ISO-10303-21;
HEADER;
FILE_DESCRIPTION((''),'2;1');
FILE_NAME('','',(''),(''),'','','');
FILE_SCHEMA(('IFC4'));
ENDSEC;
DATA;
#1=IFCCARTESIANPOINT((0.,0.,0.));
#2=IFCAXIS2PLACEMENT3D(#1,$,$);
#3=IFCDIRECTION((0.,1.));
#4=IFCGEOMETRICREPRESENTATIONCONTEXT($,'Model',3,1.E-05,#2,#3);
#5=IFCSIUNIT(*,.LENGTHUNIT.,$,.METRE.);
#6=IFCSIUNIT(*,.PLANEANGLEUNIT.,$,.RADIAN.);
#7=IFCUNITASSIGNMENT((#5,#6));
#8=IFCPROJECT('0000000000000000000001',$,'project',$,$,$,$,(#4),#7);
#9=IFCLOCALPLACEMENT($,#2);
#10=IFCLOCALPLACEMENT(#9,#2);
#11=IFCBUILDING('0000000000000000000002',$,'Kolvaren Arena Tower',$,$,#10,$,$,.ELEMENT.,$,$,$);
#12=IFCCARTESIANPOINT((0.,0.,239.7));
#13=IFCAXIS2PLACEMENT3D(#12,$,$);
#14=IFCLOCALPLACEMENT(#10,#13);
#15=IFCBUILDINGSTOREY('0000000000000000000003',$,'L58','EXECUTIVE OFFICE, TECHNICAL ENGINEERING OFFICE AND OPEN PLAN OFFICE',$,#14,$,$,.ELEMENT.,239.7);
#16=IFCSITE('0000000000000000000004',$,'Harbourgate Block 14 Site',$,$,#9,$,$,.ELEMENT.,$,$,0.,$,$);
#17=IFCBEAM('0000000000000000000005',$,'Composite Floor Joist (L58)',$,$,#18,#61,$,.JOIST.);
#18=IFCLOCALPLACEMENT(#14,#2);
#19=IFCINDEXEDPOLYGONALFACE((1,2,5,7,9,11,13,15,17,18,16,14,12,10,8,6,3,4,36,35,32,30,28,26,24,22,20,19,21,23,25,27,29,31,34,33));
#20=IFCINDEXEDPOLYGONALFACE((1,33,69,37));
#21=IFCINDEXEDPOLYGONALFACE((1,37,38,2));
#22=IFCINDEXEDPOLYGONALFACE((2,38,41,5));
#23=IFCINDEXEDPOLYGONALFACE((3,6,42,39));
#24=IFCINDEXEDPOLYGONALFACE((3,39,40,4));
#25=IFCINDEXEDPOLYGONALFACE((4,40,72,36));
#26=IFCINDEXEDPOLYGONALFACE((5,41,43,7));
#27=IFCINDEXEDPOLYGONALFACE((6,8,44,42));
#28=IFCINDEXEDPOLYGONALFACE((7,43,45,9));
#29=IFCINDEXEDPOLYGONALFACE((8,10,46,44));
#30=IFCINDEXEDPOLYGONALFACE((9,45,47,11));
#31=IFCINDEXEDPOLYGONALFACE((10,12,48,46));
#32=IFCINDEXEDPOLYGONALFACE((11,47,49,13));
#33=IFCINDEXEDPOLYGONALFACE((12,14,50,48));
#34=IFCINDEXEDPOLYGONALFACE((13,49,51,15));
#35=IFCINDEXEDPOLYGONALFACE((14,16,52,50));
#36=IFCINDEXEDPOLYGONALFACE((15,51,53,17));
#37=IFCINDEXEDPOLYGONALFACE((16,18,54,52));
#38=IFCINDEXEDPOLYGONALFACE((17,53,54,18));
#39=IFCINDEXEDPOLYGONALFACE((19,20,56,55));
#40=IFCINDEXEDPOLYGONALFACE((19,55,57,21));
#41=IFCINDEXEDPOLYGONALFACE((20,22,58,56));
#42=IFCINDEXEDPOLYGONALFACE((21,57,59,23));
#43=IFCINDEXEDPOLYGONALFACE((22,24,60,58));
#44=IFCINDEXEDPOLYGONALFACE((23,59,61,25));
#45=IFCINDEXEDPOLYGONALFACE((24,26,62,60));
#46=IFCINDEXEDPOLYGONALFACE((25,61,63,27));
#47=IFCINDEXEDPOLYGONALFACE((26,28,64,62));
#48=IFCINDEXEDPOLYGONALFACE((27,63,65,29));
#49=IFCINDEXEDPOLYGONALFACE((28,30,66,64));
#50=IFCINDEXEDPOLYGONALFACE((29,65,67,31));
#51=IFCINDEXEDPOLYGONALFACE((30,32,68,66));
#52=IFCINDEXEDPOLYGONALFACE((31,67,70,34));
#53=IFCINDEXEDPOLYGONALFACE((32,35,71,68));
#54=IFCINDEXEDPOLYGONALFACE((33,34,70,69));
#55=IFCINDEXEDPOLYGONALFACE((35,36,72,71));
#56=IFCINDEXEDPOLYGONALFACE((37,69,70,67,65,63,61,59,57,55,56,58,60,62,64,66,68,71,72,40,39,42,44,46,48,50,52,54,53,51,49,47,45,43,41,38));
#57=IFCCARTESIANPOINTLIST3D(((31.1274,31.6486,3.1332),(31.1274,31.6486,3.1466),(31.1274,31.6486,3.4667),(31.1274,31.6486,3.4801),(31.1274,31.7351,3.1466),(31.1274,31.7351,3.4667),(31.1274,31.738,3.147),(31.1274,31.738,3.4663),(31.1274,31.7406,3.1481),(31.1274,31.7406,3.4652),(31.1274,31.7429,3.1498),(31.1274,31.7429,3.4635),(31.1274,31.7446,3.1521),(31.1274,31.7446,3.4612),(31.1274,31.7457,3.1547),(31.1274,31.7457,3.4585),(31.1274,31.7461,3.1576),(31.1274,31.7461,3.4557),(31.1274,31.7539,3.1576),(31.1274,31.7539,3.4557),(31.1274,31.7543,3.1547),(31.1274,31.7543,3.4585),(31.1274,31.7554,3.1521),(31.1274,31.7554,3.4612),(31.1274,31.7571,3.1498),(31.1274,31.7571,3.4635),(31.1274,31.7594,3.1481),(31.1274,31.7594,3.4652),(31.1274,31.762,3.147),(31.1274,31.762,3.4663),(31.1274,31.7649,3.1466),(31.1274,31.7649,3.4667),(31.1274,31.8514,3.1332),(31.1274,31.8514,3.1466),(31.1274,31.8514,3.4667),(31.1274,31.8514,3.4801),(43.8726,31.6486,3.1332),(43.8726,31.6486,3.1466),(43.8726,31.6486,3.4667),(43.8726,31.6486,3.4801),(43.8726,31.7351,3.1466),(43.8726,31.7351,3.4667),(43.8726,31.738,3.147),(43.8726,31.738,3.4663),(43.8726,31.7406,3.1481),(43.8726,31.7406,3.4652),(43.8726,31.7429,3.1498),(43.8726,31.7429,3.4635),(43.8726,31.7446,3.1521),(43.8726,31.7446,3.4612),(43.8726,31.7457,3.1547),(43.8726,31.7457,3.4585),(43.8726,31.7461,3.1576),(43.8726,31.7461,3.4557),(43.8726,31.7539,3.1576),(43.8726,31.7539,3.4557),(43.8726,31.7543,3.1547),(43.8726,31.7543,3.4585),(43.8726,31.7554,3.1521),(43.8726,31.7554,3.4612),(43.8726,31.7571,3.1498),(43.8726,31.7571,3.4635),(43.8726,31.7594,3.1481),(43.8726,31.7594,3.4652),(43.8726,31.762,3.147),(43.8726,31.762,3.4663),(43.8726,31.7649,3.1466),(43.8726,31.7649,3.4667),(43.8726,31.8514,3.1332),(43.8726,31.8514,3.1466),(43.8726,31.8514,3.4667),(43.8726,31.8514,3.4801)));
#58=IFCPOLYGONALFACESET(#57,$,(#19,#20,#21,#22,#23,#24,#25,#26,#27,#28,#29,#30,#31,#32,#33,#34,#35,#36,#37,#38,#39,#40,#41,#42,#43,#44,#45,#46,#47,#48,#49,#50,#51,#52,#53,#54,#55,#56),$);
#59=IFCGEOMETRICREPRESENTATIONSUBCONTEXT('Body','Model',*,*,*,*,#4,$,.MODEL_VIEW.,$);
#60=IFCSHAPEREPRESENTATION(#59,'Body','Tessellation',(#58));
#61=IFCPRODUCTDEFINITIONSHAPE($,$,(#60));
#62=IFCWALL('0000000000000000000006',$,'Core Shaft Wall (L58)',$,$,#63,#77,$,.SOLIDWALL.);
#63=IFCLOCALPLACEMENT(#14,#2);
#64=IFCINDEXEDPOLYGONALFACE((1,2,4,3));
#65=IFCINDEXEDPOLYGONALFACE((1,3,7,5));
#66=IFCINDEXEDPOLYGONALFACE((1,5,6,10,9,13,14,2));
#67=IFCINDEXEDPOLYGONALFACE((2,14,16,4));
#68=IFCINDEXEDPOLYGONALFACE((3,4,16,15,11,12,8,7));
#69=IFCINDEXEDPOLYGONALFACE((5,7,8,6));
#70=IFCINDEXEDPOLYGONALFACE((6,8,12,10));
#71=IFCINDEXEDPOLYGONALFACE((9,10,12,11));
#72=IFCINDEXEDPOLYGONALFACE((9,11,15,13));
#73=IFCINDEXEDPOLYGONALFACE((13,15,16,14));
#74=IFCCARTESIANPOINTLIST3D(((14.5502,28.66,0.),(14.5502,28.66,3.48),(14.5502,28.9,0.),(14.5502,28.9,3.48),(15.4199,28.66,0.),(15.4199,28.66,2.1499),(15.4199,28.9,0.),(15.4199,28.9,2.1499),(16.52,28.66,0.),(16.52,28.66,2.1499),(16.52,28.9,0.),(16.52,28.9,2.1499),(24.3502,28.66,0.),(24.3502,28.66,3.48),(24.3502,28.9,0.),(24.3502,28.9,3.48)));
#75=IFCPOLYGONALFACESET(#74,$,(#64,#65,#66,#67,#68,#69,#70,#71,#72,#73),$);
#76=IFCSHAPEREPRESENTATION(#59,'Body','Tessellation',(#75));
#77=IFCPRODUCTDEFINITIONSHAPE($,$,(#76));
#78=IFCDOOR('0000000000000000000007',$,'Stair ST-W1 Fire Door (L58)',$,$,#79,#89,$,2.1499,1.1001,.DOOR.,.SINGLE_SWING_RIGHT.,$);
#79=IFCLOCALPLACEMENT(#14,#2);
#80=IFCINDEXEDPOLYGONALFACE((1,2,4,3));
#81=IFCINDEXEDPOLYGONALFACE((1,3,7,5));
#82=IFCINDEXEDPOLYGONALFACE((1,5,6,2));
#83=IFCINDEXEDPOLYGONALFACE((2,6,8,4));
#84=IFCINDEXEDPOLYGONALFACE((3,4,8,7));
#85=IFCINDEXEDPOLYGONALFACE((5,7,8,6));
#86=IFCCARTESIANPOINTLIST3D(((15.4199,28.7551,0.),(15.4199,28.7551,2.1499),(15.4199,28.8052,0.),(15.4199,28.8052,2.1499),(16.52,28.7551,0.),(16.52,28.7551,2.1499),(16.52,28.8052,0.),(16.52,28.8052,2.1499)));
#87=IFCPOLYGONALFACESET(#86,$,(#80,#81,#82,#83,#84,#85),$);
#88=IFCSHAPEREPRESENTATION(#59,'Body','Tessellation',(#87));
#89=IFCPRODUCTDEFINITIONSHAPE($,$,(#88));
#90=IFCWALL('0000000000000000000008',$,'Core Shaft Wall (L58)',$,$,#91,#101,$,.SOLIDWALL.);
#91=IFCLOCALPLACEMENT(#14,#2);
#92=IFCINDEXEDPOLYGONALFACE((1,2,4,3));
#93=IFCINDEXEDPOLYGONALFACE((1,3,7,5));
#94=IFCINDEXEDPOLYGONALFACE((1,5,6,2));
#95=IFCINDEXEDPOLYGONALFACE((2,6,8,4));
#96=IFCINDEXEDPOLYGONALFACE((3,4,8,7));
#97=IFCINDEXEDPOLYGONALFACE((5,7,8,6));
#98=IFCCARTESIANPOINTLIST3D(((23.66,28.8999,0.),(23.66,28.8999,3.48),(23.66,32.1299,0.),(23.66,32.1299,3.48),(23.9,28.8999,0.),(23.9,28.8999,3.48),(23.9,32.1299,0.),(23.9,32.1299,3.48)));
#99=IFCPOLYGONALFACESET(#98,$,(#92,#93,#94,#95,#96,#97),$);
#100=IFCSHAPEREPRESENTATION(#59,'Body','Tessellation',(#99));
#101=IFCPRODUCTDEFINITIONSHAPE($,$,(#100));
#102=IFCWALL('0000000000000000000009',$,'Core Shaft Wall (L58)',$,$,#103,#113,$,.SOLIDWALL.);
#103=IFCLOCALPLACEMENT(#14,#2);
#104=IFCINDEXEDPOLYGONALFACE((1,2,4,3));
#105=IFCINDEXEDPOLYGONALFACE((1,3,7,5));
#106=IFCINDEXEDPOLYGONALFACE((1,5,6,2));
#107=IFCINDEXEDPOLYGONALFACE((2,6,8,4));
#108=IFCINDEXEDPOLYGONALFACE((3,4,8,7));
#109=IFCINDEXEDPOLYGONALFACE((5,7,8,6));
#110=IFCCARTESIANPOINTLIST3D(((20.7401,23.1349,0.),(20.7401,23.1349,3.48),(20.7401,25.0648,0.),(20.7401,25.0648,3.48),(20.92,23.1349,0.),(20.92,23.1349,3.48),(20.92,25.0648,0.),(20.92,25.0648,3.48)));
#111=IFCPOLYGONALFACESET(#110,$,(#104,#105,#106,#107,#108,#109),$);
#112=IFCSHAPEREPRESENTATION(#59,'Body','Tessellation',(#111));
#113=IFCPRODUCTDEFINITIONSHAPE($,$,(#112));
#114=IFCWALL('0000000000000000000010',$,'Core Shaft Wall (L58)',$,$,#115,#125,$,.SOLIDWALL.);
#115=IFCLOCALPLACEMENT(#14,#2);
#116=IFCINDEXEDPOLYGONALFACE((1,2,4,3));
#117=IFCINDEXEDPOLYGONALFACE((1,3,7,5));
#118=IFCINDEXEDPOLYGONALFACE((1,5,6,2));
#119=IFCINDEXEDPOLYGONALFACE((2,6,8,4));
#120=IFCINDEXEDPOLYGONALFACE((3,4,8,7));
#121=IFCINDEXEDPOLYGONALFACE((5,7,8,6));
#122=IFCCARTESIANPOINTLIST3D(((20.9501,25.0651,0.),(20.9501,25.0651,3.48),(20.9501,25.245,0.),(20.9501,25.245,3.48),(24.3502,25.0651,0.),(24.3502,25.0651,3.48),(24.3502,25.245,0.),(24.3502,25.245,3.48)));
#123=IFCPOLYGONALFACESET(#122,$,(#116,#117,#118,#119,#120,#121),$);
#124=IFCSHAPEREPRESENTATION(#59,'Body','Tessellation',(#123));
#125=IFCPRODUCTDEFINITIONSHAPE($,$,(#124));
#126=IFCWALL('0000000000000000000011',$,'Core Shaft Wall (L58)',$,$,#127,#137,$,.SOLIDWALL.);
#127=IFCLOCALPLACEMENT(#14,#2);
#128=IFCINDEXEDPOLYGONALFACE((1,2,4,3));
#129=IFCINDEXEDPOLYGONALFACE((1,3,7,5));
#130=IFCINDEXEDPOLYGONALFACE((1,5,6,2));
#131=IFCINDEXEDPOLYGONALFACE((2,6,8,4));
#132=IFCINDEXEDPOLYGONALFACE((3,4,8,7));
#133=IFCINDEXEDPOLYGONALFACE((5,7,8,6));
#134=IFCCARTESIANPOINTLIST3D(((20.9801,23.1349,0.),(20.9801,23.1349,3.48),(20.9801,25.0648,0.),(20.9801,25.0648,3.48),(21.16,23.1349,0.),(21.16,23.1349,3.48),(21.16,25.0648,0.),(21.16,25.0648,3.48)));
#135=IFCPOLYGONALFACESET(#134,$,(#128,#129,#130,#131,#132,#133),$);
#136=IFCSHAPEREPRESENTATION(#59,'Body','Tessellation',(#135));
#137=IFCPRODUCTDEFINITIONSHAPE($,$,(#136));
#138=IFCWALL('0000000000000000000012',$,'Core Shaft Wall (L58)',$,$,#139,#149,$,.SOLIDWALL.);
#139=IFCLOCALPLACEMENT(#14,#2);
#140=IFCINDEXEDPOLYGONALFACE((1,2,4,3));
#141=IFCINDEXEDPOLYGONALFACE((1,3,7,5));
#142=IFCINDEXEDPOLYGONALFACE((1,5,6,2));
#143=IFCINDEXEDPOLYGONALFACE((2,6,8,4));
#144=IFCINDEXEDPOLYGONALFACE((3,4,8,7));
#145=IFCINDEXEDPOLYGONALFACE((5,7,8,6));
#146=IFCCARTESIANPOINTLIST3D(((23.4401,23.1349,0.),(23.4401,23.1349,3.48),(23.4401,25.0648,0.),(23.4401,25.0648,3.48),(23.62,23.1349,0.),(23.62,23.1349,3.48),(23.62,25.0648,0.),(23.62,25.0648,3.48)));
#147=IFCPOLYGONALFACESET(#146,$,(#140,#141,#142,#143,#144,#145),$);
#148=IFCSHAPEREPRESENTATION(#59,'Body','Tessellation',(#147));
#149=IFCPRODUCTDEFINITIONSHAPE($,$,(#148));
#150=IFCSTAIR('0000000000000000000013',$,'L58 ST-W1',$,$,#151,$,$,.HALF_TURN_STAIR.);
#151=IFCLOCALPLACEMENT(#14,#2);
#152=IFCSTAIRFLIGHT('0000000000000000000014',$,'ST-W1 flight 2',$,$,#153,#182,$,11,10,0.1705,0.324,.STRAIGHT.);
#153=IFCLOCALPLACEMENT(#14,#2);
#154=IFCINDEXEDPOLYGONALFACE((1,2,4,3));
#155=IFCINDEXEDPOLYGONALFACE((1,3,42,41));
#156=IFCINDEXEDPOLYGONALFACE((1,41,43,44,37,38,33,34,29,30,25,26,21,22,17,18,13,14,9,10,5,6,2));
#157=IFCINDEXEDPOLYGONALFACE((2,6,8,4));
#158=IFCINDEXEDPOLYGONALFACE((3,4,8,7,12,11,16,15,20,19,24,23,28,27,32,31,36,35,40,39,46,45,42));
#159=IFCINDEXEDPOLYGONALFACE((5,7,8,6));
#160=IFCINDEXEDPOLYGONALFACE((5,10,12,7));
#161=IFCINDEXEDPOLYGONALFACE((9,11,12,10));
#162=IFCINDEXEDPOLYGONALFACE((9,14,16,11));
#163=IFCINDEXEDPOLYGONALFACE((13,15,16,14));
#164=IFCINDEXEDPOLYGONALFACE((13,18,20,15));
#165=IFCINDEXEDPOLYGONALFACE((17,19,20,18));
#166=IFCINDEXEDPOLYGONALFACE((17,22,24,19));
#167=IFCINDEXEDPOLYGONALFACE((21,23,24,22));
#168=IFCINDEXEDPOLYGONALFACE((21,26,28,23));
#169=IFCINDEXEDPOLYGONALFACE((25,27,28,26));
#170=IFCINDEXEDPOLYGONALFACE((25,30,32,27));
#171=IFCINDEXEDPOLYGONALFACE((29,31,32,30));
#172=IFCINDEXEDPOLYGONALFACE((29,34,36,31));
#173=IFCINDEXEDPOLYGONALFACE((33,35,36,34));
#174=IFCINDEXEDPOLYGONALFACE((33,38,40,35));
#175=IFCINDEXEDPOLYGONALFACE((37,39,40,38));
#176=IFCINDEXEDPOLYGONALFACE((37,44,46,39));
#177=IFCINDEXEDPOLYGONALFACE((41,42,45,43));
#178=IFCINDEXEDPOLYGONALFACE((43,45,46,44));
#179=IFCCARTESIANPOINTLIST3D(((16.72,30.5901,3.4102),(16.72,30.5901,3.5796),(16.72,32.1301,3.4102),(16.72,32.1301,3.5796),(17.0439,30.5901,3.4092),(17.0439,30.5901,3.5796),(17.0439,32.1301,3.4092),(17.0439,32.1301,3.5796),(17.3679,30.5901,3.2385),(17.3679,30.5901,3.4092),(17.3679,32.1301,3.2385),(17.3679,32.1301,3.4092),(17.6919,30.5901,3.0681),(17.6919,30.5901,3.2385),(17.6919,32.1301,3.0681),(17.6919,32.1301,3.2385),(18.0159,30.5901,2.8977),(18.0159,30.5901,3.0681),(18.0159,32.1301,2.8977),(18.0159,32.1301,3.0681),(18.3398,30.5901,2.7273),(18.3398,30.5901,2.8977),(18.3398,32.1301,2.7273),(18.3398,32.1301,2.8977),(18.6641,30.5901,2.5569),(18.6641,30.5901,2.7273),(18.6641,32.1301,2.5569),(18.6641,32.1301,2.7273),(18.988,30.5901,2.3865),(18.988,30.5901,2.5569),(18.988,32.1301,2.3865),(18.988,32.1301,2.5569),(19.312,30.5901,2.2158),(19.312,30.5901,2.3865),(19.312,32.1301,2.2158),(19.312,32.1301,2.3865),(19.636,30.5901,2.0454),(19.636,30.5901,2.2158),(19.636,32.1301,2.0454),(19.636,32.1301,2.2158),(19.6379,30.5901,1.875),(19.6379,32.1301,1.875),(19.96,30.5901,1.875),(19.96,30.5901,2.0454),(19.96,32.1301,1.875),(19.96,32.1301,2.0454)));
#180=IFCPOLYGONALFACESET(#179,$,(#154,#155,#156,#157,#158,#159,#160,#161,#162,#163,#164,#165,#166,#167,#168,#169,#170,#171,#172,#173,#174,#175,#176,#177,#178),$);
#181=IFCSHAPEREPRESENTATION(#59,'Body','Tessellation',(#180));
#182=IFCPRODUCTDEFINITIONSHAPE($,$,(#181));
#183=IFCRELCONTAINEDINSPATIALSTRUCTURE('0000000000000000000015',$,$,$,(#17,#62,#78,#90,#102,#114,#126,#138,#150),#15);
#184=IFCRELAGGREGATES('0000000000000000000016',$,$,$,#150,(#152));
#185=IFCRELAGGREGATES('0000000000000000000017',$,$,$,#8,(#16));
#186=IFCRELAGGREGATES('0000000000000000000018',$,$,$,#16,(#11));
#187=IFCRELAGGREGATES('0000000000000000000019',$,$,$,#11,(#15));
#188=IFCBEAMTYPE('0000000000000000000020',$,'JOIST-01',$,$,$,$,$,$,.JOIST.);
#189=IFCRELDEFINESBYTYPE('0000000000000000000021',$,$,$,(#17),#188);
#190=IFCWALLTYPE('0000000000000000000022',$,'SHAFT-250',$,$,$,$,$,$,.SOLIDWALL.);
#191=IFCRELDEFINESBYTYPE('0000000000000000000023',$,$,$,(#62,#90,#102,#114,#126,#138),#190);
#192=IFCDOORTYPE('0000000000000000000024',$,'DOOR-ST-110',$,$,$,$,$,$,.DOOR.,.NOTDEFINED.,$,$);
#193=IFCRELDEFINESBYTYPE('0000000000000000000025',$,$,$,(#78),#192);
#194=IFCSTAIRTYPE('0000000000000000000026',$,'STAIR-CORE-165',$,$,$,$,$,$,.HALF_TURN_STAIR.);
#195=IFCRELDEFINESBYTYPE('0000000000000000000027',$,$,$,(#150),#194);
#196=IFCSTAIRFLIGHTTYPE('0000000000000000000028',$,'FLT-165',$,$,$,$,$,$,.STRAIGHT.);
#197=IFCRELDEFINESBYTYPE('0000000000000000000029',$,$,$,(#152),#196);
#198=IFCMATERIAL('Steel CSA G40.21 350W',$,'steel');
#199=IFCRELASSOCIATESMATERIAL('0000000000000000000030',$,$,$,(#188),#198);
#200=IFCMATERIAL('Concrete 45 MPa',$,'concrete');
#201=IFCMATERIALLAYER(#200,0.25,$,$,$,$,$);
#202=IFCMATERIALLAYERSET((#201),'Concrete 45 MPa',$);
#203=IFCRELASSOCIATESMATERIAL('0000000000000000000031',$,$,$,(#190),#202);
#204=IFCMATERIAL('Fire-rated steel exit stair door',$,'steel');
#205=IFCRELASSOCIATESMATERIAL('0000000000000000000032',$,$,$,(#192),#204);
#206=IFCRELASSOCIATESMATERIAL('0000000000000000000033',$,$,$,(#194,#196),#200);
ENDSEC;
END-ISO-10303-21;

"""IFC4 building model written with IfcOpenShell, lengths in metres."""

from ifc_helpers import new_model, si_unit, direction, frame, frame_2d, origin, origin_2d, place, context, subcontext, project, spatial, polyline, rectangle, i_section, outline, extrude, material, layer, layer_set, material_profile, profile_set, type_object, element, fill, aggregate, save


model = new_model("IFC4")

# Units and contexts
model_context = context("Model", 3, precision=1e-05, world=origin(), true_north=direction((0.0, 1.0)))
body_context = subcontext(model_context, "Body", "Model", "MODEL_VIEW")
ifc_project = project(units=[si_unit("LENGTHUNIT", "METRE"), si_unit("PLANEANGLEUNIT", "RADIAN")], contexts=[model_context])

# Site, building, storey
site_placement = place(None, origin())
site = spatial("IfcSite", under=ifc_project, at=site_placement, Name="Harbourgate Block 14 Site", CompositionType="ELEMENT", RefElevation=0.0)
building_placement = place(site_placement, origin())
building = spatial("IfcBuilding", under=site, at=building_placement, Name="Kolvaren Arena Tower", CompositionType="ELEMENT")
storey_placement = place(building_placement, frame((0.0, 0.0, 239.7)))
storey = spatial("IfcBuildingStorey", under=building, at=storey_placement, Name="L58", Description="EXECUTIVE OFFICE, TECHNICAL ENGINEERING OFFICE AND OPEN PLAN OFFICE", CompositionType="ELEMENT", Elevation=239.7)

# Beam
ifc_material_1 = material(Name="Steel CSA G40.21 350W", Category="steel")
ifc_material_profile_1 = material_profile(ifc_material_1, i_section(OverallWidth=0.2029, OverallDepth=0.3469, WebThickness=0.0078, FlangeThickness=0.0134, FilletRadius=0.011, at=origin_2d()), Name="W360x64")
ifc_profile_set_1 = profile_set([ifc_material_profile_1], Name="Steel CSA G40.21 350W")
beam_type_1 = type_object("IfcBeamType", Name="JOIST-01", PredefinedType="JOIST", material=ifc_profile_set_1)
beam_1_placement = place(storey_placement, frame((31.1274, 31.75, 3.3066), z_axis=(1.0, 0.0, 0.0), x_axis=(0.0, 1.0, 0.0)))
element("IfcBeam", 1, at=beam_1_placement, inside=storey, type_object=beam_type_1, Name="Composite Floor Joist (L58)", PredefinedType="JOIST", context=body_context, shape_type="SweptSolid", body=[
    extrude(i_section(OverallWidth=0.2029, OverallDepth=0.3469, WebThickness=0.0078, FlangeThickness=0.0134, FilletRadius=0.011, at=origin_2d()), origin(), (0.0, 0.0, 1.0), 12.7451),
])

# Wall, opening, door
ifc_material_2 = material(Name="Concrete 45 MPa", Category="concrete")
ifc_layer = layer(ifc_material_2, 0.25)
ifc_layer_set = layer_set([ifc_layer], Name="Concrete 45 MPa")
wall_type = type_object("IfcWallType", Name="SHAFT-250", PredefinedType="SOLIDWALL", material=ifc_layer_set)
wall_1_placement = place(storey_placement, frame((24.3501, 28.78, 0.0), z_axis=(0.0, 0.0, 1.0), x_axis=(-1.0, 0.0, 0.0)))
wall_1 = element("IfcWall", 2, at=wall_1_placement, inside=storey, type_object=wall_type, Name="Core Shaft Wall (L58)", PredefinedType="SOLIDWALL", context=body_context, shape_type="SweptSolid", body=[
    extrude(rectangle(XDim=9.8, YDim=0.24, at=frame_2d((4.8999, 0.0))), origin(), (0.0, 0.0, 1.0), 3.48),
])
opening_placement = place(wall_1_placement, frame((7.8301, 0.0, 0.0)))
opening = element("IfcOpeningElement", 3, at=opening_placement, cuts=wall_1, PredefinedType="OPENING", context=body_context, shape_type="SweptSolid", body=[
    extrude(rectangle(XDim=1.1001, YDim=2.1499, at=frame_2d((0.55, 1.075))), frame((0.0, 0.1299, 0.0), z_axis=(0.0, -1.0, 0.0), x_axis=(1.0, 0.0, 0.0)), (0.0, 0.0, 1.0), 0.26),
])
ifc_material_3 = material(Name="Fire-rated steel exit stair door", Category="steel")
door_type = type_object("IfcDoorType", Name="DOOR-ST-110", OperationType="NOTDEFINED", PredefinedType="DOOR", material=ifc_material_3)
door_placement = place(opening_placement, origin())
door = element("IfcDoor", 4, at=door_placement, inside=storey, type_object=door_type, Name="Stair ST-W1 Fire Door (L58)", OperationType="SINGLE_SWING_RIGHT", OverallHeight=2.1499, OverallWidth=1.1001, PredefinedType="DOOR", context=body_context, shape_type="SweptSolid", body=[
    extrude(rectangle(XDim=1.1001, YDim=2.1499, at=frame_2d((0.55, 1.075))), frame((0.0, 0.0249, 0.0), z_axis=(0.0, -1.0, 0.0), x_axis=(1.0, 0.0, 0.0)), (0.0, 0.0, 1.0), 0.05),
])
fill(opening, door)

# Walls
wall_2_placement = place(storey_placement, frame((23.78, 28.8999, 0.0), z_axis=(0.0, 0.0, 1.0), x_axis=(0.0, 1.0, 0.0)))
element("IfcWall", 5, at=wall_2_placement, inside=storey, type_object=wall_type, Name="Core Shaft Wall (L58)", PredefinedType="SOLIDWALL", context=body_context, shape_type="SweptSolid", body=[
    extrude(rectangle(XDim=3.23, YDim=0.24, at=frame_2d((1.615, 0.0))), origin(), (0.0, 0.0, 1.0), 3.48),
])
wall_3_placement = place(storey_placement, frame((20.8301, 23.135, 0.0), z_axis=(0.0, 0.0, 1.0), x_axis=(0.0, 1.0, 0.0)))
element("IfcWall", 6, at=wall_3_placement, inside=storey, type_object=wall_type, Name="Core Shaft Wall (L58)", PredefinedType="SOLIDWALL", context=body_context, shape_type="SweptSolid", body=[
    extrude(rectangle(XDim=1.9299, YDim=0.1799, at=frame_2d((0.9648, 0.0))), origin(), (0.0, 0.0, 1.0), 3.48),
])
wall_4_placement = place(storey_placement, frame((20.95, 25.155, 0.0), z_axis=(0.0, 0.0, 1.0), x_axis=(1.0, 0.0, 0.0)))
element("IfcWall", 7, at=wall_4_placement, inside=storey, type_object=wall_type, Name="Core Shaft Wall (L58)", PredefinedType="SOLIDWALL", context=body_context, shape_type="SweptSolid", body=[
    extrude(rectangle(XDim=3.4001, YDim=0.1799, at=frame_2d((1.7002, 0.0))), origin(), (0.0, 0.0, 1.0), 3.48),
])
for number, where, z_axis, x_axis, name in (
    (8, (21.0701, 23.135, 0.0), (0.0, 0.0, 1.0), (0.0, 1.0, 0.0), "Core Shaft Wall (L58)"),
    (9, (23.53, 23.135, 0.0), (0.0, 0.0, 1.0), (0.0, 1.0, 0.0), "Core Shaft Wall (L58)"),
):
    element("IfcWall", number, at=place(storey_placement, frame(where, z_axis=z_axis, x_axis=x_axis)), inside=storey, type_object=wall_type, Name=name, PredefinedType="SOLIDWALL", context=body_context, shape_type="SweptSolid", body=[
        extrude(rectangle(XDim=1.9299, YDim=0.1799, at=frame_2d((0.9648, 0.0))), origin(), (0.0, 0.0, 1.0), 3.48),
    ])

# Stair, stair flight
stair_type = type_object("IfcStairType", Name="STAIR-CORE-165", PredefinedType="HALF_TURN_STAIR", material=ifc_material_2)
stair_placement = place(storey_placement, origin())
stair = element("IfcStair", 10, at=stair_placement, inside=storey, type_object=stair_type, Name="L58 ST-W1", PredefinedType="HALF_TURN_STAIR")
stair_flight_type = type_object("IfcStairFlightType", Name="FLT-165", PredefinedType="STRAIGHT", material=ifc_material_2)
stair_flight_placement = place(storey_placement, frame((19.96, 31.3601, 1.875), z_axis=(0.0, 0.0, 1.0), x_axis=(-1.0, 0.0, 0.0)))
stair_flight = element("IfcStairFlight", 11, at=stair_flight_placement, type_object=stair_flight_type, Name="ST-W1 flight 2", NumberOfRisers=11, NumberOfTreads=10, PredefinedType="STRAIGHT", RiserHeight=0.1705, TreadLength=0.324, context=body_context, shape_type="SweptSolid", body=[
    extrude(outline(polyline([(0.0, 0.0), (0.0, 0.1704), (0.324, 0.1704), (0.324, 0.3408), (0.6479, 0.3408), (0.6479, 0.5115), (0.9719, 0.5115), (0.9719, 0.6819), (1.2959, 0.6819), (1.2959, 0.8523), (1.6201, 0.8523), (1.6201, 1.0227), (1.9441, 1.0227), (1.9441, 1.1931), (2.2681, 1.1931), (2.2681, 1.3635), (2.592, 1.3635), (2.592, 1.5342), (2.916, 1.5342), (2.916, 1.7046), (3.24, 1.7046), (3.24, 1.875), (3.24, 1.5352), (0.322, 0.0), (0.0, 0.0)])), frame((0.0, 0.77, 0.0), z_axis=(0.0, -1.0, 0.0), x_axis=(1.0, 0.0, 0.0)), (0.0, 0.0, 1.0), 1.54),
])
aggregate(stair, [stair_flight])

save(model, "model.ifc")
